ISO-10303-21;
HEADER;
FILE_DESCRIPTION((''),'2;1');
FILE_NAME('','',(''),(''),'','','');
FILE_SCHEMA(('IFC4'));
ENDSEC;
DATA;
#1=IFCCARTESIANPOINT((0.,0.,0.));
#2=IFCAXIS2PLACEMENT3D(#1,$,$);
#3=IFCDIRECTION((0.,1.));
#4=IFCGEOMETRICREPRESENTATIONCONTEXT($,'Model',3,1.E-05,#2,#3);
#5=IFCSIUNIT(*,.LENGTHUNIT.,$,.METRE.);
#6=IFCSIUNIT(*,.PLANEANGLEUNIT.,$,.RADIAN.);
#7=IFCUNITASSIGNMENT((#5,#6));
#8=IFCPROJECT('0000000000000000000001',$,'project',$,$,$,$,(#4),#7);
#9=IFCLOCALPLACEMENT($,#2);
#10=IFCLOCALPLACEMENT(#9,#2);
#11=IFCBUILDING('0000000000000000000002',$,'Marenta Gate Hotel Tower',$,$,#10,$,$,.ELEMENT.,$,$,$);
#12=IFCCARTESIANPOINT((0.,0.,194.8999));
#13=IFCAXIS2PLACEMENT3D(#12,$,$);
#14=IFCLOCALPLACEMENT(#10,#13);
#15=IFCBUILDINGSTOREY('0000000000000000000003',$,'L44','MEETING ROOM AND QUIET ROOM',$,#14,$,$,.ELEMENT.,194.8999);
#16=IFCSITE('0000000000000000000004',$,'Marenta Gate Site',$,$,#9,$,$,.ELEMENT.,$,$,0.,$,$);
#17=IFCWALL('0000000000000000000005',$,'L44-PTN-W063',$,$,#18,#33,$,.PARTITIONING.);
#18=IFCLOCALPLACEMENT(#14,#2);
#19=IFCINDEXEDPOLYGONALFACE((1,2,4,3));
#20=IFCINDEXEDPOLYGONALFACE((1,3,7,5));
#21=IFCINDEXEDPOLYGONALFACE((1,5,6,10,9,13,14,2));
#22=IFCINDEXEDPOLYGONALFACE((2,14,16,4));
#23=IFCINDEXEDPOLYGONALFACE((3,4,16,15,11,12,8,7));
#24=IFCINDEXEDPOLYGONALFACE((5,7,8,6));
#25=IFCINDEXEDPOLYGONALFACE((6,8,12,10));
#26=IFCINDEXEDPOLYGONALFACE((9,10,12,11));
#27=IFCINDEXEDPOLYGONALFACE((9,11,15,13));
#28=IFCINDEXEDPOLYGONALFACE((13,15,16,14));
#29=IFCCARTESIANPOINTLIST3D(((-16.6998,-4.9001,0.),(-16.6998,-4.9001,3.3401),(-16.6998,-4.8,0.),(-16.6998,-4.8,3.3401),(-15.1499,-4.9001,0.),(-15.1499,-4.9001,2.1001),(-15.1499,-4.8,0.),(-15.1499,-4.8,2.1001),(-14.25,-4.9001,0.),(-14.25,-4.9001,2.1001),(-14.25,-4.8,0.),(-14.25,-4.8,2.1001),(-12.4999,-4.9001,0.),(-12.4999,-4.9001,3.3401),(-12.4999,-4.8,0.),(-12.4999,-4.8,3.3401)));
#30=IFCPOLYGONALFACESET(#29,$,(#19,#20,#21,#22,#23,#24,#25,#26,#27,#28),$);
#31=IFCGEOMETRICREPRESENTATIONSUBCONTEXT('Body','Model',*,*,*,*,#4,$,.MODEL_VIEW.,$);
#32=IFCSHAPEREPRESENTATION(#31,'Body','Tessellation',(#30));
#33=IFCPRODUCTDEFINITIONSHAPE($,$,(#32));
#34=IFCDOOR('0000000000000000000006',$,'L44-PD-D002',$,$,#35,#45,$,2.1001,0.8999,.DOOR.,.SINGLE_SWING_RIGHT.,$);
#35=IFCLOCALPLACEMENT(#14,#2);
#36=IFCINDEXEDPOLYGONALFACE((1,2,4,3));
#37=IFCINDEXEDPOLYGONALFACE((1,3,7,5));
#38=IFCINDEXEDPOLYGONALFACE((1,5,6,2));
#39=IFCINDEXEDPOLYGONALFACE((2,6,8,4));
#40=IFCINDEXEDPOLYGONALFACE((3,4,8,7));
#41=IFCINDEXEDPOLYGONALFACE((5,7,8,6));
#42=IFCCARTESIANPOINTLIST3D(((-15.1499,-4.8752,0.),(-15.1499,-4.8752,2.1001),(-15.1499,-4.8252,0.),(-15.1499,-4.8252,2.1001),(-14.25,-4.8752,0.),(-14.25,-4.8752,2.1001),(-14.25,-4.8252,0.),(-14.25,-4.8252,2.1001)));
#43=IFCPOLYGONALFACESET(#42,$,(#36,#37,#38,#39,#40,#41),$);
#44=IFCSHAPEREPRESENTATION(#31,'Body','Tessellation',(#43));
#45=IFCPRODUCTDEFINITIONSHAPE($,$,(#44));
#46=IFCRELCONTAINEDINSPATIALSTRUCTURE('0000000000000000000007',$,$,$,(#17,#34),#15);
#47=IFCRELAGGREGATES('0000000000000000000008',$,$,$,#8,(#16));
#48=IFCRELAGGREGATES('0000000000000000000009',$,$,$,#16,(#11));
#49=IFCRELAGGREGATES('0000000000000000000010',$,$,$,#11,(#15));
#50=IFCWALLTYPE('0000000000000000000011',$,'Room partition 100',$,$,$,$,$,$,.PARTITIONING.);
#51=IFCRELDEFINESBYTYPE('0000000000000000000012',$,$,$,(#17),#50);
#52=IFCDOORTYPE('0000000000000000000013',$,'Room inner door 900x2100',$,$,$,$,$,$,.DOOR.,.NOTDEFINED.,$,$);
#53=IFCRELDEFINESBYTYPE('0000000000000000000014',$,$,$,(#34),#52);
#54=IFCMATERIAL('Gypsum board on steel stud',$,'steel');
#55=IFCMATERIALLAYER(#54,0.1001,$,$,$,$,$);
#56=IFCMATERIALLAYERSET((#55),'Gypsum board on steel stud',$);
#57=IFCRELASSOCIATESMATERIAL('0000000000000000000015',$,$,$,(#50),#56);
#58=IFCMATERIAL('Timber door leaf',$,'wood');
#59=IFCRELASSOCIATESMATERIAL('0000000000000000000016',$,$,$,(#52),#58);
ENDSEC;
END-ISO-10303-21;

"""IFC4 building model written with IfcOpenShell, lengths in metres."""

from ifc_helpers import new_model, si_unit, direction, frame, frame_2d, origin, place, context, subcontext, project, spatial, rectangle, extrude, material, layer, layer_set, type_object, element, fill, save


model = new_model("IFC4")

# Units and contexts
model_context = context("Model", 3, precision=1e-05, world=origin(), true_north=direction((0.0, 1.0)))
body_context = subcontext(model_context, "Body", "Model", "MODEL_VIEW")
ifc_project = project(units=[si_unit("LENGTHUNIT", "METRE"), si_unit("PLANEANGLEUNIT", "RADIAN")], contexts=[model_context])

# Site, building, storey
site_placement = place(None, origin())
site = spatial("IfcSite", under=ifc_project, at=site_placement, Name="Marenta Gate Site", CompositionType="ELEMENT", RefElevation=0.0)
building_placement = place(site_placement, origin())
building = spatial("IfcBuilding", under=site, at=building_placement, Name="Marenta Gate Hotel Tower", CompositionType="ELEMENT")
storey_placement = place(building_placement, frame((0.0, 0.0, 194.8999)))
storey = spatial("IfcBuildingStorey", under=building, at=storey_placement, Name="L44", Description="MEETING ROOM AND QUIET ROOM", CompositionType="ELEMENT", Elevation=194.8999)

# Wall, opening, door
ifc_material_1 = material(Name="Gypsum board on steel stud", Category="steel")
ifc_layer_1 = layer(ifc_material_1, 0.1001)
ifc_layer_set_1 = layer_set([ifc_layer_1], Name="Gypsum board on steel stud")
wall_type_1 = type_object("IfcWallType", Name="Room partition 100", PredefinedType="PARTITIONING", material=ifc_layer_set_1)
ifc_material_2 = material(Name="Timber door leaf", Category="wood")
door_type_1 = type_object("IfcDoorType", Name="Room inner door 900x2100", OperationType="NOTDEFINED", PredefinedType="DOOR", material=ifc_material_2)
wall_1_placement = place(storey_placement, frame((-16.7, -4.8501, 0.0), z_axis=(0.0, 0.0, 1.0), x_axis=(1.0, 0.0, 0.0)))
wall_1 = element("IfcWall", 1, at=wall_1_placement, inside=storey, type_object=wall_type_1, Name="L44-PTN-W063", PredefinedType="PARTITIONING", context=body_context, shape_type="SweptSolid", body=[
    extrude(rectangle(XDim=4.2, YDim=0.1001, at=frame_2d((2.1001, 0.0))), origin(), (0.0, 0.0, 1.0), 3.3401),
])
opening_1_placement = place(wall_1_placement, frame((1.55, 0.0, 0.0)))
opening_1 = element("IfcOpeningElement", 2, at=opening_1_placement, cuts=wall_1, PredefinedType="OPENING", context=body_context, shape_type="SweptSolid", body=[
    extrude(rectangle(XDim=0.8999, YDim=2.1001, at=frame_2d((0.45, 1.05))), frame((0.0, 0.05, 0.0), z_axis=(0.0, -1.0, 0.0), x_axis=(1.0, 0.0, 0.0)), (0.0, 0.0, 1.0), 0.1001),
])
door_1_placement = place(opening_1_placement, origin())
door_1 = element("IfcDoor", 3, at=door_1_placement, inside=storey, type_object=door_type_1, Name="L44-PD-D002", OperationType="SINGLE_SWING_RIGHT", OverallHeight=2.1001, OverallWidth=0.8999, PredefinedType="DOOR", context=body_context, shape_type="SweptSolid", body=[
    extrude(rectangle(XDim=0.8999, YDim=2.1001, at=frame_2d((0.45, 1.05))), frame((0.0, 0.0249, 0.0), z_axis=(0.0, -1.0, 0.0), x_axis=(1.0, 0.0, 0.0)), (0.0, 0.0, 1.0), 0.05),
])
fill(opening_1, door_1)

save(model, "model.ifc")
